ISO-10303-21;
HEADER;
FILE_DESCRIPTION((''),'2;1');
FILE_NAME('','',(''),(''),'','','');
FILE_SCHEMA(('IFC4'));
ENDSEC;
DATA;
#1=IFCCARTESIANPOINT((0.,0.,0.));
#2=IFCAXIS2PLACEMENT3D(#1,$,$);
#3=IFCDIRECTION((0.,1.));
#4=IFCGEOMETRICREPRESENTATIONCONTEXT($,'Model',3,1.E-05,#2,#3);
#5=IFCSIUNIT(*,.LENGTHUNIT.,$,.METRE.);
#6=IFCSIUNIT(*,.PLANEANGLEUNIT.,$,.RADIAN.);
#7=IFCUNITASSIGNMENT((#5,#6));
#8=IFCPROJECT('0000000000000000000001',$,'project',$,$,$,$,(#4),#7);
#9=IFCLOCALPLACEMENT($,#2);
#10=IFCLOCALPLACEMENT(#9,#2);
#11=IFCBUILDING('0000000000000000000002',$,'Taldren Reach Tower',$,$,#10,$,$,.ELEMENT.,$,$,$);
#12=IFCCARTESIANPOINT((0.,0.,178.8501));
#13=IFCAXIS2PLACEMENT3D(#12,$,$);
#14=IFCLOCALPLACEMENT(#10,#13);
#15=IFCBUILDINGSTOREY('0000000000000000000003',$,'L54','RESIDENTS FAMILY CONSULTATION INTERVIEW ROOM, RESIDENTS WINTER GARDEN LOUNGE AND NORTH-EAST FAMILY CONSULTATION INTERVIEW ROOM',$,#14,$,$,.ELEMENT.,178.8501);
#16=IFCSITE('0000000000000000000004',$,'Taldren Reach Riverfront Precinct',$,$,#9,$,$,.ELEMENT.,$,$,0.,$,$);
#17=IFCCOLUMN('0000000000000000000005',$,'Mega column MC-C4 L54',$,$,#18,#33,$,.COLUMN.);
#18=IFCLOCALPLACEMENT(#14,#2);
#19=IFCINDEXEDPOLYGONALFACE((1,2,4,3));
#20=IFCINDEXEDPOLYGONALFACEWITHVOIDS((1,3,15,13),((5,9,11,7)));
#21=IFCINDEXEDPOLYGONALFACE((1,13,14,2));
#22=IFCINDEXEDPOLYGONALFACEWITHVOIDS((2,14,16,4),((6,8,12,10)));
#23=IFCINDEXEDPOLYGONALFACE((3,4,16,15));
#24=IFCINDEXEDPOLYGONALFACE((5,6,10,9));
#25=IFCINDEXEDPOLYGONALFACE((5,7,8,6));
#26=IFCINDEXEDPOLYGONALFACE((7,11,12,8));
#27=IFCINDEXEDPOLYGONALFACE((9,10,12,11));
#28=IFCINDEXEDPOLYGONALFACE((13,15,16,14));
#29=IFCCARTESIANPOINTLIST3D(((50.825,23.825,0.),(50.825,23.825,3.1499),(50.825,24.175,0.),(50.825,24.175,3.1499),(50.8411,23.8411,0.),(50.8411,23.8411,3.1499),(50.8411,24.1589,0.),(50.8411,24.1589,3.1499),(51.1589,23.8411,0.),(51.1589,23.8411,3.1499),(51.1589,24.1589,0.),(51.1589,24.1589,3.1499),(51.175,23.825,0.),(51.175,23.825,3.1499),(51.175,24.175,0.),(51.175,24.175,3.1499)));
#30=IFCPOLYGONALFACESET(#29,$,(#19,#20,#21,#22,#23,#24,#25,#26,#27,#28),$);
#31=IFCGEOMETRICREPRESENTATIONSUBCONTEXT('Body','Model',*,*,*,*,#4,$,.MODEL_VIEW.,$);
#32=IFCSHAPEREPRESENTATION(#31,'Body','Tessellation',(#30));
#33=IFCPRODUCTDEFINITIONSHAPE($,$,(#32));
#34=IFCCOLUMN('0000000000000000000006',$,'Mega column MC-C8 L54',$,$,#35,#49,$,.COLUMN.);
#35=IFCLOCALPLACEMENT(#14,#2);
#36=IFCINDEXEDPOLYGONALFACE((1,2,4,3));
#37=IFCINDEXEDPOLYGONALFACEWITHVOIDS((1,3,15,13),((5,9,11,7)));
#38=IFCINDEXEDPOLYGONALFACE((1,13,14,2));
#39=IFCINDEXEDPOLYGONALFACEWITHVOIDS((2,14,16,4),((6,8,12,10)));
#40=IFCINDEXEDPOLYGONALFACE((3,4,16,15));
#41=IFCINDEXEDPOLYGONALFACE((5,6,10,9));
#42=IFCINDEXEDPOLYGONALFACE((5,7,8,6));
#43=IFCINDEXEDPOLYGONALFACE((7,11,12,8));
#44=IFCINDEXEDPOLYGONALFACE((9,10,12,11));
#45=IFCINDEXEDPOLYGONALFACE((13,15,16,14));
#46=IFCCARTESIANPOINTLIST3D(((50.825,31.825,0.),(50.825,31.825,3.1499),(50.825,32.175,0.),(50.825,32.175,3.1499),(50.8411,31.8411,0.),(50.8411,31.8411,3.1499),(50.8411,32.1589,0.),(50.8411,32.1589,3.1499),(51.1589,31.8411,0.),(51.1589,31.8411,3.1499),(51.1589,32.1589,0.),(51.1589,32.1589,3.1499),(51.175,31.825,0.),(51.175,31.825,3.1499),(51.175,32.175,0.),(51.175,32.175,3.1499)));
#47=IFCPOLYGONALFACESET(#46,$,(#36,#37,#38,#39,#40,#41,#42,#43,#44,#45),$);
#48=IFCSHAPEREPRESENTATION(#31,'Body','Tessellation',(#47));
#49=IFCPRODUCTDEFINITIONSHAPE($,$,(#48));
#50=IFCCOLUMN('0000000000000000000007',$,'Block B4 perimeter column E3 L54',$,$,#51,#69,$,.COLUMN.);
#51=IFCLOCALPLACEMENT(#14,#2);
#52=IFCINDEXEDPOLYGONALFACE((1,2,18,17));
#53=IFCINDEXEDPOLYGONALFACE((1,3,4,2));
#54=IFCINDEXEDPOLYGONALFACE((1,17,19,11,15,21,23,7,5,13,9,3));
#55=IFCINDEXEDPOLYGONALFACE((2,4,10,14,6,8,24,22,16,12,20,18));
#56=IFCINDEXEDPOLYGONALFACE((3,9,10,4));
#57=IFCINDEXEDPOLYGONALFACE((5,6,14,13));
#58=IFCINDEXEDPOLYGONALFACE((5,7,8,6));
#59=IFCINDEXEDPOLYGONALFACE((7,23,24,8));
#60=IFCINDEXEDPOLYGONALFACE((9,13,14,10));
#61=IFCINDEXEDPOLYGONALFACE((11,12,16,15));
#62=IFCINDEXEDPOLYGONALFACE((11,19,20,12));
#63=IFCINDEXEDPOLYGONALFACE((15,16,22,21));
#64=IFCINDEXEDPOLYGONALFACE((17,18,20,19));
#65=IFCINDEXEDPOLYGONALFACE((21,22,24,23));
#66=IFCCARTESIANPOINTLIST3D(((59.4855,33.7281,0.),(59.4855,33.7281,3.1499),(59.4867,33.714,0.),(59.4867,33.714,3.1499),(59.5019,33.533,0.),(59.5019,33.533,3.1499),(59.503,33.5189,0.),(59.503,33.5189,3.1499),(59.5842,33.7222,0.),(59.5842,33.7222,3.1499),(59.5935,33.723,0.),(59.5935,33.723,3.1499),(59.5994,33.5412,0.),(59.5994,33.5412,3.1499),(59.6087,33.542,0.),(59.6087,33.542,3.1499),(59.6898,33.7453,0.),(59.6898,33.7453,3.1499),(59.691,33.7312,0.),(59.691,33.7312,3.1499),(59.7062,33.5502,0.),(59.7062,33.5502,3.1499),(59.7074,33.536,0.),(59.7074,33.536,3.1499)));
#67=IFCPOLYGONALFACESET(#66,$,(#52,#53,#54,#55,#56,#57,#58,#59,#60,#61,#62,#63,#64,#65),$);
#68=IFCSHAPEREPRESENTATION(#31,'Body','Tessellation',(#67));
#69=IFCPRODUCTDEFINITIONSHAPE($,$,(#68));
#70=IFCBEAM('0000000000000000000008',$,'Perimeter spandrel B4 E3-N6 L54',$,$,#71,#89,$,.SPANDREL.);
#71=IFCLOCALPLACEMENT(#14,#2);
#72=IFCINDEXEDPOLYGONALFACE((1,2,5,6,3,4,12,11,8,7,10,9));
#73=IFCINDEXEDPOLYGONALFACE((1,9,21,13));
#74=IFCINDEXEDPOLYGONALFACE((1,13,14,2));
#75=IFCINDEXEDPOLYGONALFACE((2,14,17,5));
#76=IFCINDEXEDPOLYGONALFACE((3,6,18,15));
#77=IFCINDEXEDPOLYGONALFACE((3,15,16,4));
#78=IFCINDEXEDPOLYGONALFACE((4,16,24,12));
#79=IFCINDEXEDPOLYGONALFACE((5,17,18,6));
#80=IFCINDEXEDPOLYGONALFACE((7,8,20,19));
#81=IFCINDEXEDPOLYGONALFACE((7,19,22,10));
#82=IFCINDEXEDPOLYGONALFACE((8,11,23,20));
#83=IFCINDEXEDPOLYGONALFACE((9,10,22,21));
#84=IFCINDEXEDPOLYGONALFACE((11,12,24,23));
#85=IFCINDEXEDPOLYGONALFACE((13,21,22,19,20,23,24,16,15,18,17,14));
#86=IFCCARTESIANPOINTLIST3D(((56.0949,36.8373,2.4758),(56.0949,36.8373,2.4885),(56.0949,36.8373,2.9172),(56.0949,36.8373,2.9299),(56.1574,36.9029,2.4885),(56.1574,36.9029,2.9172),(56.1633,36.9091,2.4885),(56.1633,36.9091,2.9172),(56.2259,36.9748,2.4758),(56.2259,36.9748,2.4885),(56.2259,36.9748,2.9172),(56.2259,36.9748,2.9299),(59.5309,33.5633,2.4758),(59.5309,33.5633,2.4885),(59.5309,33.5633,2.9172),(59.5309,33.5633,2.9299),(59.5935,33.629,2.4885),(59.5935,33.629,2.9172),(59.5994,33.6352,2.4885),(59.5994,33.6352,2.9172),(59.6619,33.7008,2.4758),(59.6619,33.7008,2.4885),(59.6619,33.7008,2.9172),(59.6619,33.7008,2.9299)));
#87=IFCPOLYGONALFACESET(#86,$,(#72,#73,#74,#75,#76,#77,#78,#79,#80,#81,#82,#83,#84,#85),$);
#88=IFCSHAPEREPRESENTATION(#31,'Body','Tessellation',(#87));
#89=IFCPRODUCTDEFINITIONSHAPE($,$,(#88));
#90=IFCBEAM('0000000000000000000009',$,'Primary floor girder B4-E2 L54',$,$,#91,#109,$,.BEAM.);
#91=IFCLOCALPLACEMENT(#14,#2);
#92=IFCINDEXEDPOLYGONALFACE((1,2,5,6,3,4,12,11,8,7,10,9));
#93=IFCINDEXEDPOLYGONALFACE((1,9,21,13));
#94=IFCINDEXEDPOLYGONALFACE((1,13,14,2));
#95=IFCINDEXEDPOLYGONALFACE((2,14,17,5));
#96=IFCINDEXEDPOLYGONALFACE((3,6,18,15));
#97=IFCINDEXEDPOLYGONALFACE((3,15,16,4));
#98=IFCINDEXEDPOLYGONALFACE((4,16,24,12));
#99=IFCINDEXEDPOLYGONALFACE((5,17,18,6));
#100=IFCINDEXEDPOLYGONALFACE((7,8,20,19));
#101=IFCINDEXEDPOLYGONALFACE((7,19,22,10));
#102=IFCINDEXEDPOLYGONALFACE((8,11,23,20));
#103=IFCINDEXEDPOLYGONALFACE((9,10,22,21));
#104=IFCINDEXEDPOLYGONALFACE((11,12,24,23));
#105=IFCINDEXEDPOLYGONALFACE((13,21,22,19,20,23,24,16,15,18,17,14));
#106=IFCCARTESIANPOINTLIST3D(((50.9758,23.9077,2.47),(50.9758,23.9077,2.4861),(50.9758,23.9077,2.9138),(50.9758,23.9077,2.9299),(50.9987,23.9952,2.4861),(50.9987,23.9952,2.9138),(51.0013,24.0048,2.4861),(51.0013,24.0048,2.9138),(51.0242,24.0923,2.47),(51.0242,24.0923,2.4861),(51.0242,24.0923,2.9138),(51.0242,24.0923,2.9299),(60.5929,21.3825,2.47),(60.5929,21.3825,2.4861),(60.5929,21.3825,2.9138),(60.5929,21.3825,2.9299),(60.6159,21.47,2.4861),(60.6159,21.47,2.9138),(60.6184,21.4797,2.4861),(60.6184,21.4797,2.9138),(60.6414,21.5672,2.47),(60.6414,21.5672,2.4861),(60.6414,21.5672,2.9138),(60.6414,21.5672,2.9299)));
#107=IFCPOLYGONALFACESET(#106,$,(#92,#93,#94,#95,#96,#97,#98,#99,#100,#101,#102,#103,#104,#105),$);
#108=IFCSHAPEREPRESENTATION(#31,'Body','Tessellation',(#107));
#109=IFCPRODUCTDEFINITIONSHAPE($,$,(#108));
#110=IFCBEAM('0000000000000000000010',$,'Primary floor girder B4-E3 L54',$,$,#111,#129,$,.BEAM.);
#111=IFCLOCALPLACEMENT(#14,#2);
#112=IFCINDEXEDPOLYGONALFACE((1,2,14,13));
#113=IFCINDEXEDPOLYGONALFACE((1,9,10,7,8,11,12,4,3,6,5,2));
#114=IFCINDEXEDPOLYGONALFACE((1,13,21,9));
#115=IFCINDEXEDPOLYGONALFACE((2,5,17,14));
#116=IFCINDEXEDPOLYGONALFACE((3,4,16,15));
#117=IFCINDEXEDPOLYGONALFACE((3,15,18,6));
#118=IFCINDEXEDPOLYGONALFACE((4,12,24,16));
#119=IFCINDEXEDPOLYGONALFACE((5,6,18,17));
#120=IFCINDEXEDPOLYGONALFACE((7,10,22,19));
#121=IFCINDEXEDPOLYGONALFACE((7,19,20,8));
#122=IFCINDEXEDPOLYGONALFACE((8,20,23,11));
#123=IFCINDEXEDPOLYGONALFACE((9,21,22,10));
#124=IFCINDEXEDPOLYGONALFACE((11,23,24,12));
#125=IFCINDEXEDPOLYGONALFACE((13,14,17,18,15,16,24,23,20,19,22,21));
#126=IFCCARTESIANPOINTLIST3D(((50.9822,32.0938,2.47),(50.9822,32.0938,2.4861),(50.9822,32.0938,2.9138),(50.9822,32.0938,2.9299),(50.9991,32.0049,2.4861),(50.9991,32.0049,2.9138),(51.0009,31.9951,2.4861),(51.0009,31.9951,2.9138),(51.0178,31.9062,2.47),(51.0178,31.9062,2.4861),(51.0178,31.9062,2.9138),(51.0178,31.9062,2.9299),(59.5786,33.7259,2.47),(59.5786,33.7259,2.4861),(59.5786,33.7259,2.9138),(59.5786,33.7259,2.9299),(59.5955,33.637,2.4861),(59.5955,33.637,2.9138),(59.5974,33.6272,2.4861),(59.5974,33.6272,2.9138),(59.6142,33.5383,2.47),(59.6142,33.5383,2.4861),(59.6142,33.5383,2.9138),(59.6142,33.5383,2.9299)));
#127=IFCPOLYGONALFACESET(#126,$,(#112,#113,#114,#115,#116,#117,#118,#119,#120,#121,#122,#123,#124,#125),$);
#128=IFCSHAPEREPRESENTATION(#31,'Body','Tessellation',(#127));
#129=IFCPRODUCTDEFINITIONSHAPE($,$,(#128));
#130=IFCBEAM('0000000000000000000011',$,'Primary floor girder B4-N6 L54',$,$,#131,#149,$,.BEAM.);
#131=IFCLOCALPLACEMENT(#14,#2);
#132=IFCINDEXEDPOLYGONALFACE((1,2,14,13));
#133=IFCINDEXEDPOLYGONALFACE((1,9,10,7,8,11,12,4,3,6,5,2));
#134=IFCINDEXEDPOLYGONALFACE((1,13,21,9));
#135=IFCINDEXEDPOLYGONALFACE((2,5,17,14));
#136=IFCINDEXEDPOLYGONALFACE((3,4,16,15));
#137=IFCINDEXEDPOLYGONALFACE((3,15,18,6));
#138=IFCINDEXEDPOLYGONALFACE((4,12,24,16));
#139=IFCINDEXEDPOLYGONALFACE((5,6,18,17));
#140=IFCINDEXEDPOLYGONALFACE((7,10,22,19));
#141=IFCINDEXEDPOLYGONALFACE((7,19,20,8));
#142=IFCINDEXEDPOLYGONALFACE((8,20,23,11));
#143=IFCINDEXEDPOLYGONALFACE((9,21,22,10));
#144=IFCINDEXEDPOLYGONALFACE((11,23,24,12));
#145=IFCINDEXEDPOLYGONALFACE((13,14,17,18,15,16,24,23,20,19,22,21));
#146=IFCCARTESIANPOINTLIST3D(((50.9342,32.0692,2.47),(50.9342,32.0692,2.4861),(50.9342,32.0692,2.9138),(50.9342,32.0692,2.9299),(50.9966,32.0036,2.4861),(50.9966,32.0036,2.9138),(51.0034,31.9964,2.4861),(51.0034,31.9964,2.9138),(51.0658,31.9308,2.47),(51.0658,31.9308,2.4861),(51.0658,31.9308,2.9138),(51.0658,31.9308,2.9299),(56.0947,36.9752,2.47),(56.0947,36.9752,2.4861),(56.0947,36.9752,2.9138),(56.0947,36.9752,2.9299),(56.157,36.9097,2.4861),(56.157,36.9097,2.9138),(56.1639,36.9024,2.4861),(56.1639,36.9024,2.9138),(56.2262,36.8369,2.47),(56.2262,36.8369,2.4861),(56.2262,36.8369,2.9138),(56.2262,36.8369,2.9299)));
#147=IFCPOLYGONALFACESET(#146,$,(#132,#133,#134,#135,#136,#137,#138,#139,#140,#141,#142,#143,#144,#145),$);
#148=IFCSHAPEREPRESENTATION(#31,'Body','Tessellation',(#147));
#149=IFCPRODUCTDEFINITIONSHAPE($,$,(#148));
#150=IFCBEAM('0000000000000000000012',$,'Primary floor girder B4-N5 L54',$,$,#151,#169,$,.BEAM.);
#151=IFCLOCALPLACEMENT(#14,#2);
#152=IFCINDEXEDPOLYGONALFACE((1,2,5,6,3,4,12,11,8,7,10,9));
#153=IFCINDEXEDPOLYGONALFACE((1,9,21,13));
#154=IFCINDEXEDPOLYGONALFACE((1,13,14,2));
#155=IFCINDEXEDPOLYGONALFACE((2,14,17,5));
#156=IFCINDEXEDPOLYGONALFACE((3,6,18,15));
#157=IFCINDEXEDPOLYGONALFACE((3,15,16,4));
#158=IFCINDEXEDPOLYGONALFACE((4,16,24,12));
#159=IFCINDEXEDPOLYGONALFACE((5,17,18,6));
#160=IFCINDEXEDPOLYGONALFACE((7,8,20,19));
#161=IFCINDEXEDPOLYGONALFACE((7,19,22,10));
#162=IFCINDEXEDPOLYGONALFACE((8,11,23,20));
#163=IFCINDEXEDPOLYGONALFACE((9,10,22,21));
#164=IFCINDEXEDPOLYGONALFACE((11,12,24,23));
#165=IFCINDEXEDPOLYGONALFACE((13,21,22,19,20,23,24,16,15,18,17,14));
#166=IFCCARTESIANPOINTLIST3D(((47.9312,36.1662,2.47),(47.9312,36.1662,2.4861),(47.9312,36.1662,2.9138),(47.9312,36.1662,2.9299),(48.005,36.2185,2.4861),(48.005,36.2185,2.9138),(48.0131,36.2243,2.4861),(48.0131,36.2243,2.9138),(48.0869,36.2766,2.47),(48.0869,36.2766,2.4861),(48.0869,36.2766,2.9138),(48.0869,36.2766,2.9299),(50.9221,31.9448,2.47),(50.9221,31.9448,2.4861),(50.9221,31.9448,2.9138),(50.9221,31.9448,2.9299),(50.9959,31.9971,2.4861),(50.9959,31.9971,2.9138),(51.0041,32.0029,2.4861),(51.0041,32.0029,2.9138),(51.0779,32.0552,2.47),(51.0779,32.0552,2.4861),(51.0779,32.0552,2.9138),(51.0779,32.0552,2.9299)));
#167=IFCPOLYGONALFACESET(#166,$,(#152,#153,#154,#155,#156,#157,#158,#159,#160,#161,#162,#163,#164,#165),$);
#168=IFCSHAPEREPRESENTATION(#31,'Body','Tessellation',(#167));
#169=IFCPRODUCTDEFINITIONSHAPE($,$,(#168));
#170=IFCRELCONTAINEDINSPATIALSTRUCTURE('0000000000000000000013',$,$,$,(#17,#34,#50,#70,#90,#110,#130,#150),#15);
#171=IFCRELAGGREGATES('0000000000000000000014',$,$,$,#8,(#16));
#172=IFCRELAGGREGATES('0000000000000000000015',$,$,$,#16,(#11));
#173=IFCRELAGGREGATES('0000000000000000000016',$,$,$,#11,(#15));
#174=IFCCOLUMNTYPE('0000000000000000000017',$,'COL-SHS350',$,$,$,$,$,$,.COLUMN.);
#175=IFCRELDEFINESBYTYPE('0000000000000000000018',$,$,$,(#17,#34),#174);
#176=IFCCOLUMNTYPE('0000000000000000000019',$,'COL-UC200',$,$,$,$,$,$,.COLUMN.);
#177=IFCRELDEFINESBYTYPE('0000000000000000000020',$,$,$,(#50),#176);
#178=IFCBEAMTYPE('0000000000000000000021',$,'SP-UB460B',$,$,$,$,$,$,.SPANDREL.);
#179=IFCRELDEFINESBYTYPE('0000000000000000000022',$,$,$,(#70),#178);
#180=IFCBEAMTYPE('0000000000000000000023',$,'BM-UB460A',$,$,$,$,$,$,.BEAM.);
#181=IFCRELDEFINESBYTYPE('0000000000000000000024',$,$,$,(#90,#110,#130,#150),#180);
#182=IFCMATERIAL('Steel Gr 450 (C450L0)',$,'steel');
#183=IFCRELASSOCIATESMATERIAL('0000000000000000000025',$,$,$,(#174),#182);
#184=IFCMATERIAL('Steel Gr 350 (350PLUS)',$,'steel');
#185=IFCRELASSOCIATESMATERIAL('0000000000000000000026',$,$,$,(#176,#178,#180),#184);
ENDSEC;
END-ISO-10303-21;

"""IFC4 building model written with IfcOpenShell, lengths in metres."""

from ifc_helpers import new_model, si_unit, direction, frame, origin, origin_2d, place, context, subcontext, project, spatial, hollow_rectangle, i_section, extrude, source, transform, mapped, material, material_profile, profile_set, type_object, element, save


model = new_model("IFC4")

# Units and contexts
model_context = context("Model", 3, precision=1e-05, world=origin(), true_north=direction((0.0, 1.0)))
body_context = subcontext(model_context, "Body", "Model", "MODEL_VIEW")
ifc_project = project(units=[si_unit("LENGTHUNIT", "METRE"), si_unit("PLANEANGLEUNIT", "RADIAN")], contexts=[model_context])

# Site, building, storey
site_placement = place(None, origin())
site = spatial("IfcSite", under=ifc_project, at=site_placement, Name="Taldren Reach Riverfront Precinct", CompositionType="ELEMENT", RefElevation=0.0)
building_placement = place(site_placement, origin())
building = spatial("IfcBuilding", under=site, at=building_placement, Name="Taldren Reach Tower", CompositionType="ELEMENT")
storey_placement = place(building_placement, frame((0.0, 0.0, 178.8501)))
storey = spatial("IfcBuildingStorey", under=building, at=storey_placement, Name="L54", Description="RESIDENTS FAMILY CONSULTATION INTERVIEW ROOM, RESIDENTS WINTER GARDEN LOUNGE AND NORTH-EAST FAMILY CONSULTATION INTERVIEW ROOM", CompositionType="ELEMENT", Elevation=178.8501)

# Columns
ifc_material_1 = material(Name="Steel Gr 450 (C450L0)", Category="steel")
ifc_material_profile_1 = material_profile(ifc_material_1, hollow_rectangle(XDim=0.3501, YDim=0.3501, WallThickness=0.0161, at=origin_2d()), Name="350x350x16.0SHS")
ifc_profile_set_1 = profile_set([ifc_material_profile_1], Name="Steel Gr 450 (C450L0)")
column_type_1 = type_object("IfcColumnType", Name="COL-SHS350", PredefinedType="COLUMN", material=ifc_profile_set_1)
shared_shape_1 = source(origin(), body_context, "Body", "SweptSolid", [
    extrude(hollow_rectangle(XDim=0.3501, YDim=0.3501, WallThickness=0.0161, at=origin_2d()), origin(), (0.0, 0.0, 1.0), 3.1499),
])
for number, where, z_axis, x_axis, name in (
    (1, (51.0, 24.0, 0.0), (0.0, 0.0, 1.0), (1.0, 0.0, 0.0), "Mega column MC-C4 L54"),
    (2, (51.0, 32.0, 0.0), (0.0, 0.0, 1.0), (1.0, 0.0, 0.0), "Mega column MC-C8 L54"),
):
    element("IfcColumn", number, at=place(storey_placement, frame(where, z_axis=z_axis, x_axis=x_axis)), inside=storey, type_object=column_type_1, Name=name, PredefinedType="COLUMN", context=body_context, shape_type="MappedRepresentation", body=[
        mapped(shared_shape_1, transform((0.0, 0.0, 0.0), scale=1.0)),
    ])
ifc_material_2 = material(Name="Steel Gr 350 (350PLUS)", Category="steel")
ifc_material_profile_2 = material_profile(ifc_material_2, i_section(OverallWidth=0.2051, OverallDepth=0.21, WebThickness=0.0093, FlangeThickness=0.0142, at=origin_2d()), Name="200UC59.5")
ifc_profile_set_2 = profile_set([ifc_material_profile_2], Name="Steel Gr 350 (350PLUS)")
column_type_2 = type_object("IfcColumnType", Name="COL-UC200", PredefinedType="COLUMN", material=ifc_profile_set_2)
shared_shape_2 = source(origin(), body_context, "Body", "SweptSolid", [
    extrude(i_section(OverallWidth=0.2051, OverallDepth=0.21, WebThickness=0.0093, FlangeThickness=0.0142, at=origin_2d()), origin(), (0.0, 0.0, 1.0), 3.1499),
])
column_placement = place(storey_placement, frame((59.5964, 33.6321, 0.0), z_axis=(0.0, 0.0, 1.0), x_axis=(0.996493, 0.083678, 0.0)))
element("IfcColumn", 3, at=column_placement, inside=storey, type_object=column_type_2, Name="Block B4 perimeter column E3 L54", PredefinedType="COLUMN", context=body_context, shape_type="MappedRepresentation", body=[
    mapped(shared_shape_2, transform((0.0, 0.0, 0.0), scale=1.0)),
])

# Beams
ifc_material_profile_3 = material_profile(ifc_material_2, i_section(OverallWidth=0.1899, OverallDepth=0.4541, WebThickness=0.0085, FlangeThickness=0.0127, at=origin_2d()), Name="460UB67.1")
ifc_profile_set_3 = profile_set([ifc_material_profile_3], Name="Steel Gr 350 (350PLUS)")
beam_type_1 = type_object("IfcBeamType", Name="SP-UB460B", PredefinedType="SPANDREL", material=ifc_profile_set_3)
shared_shape_3 = source(origin(), body_context, "Body", "SweptSolid", [
    extrude(i_section(OverallWidth=0.1899, OverallDepth=0.4541, WebThickness=0.0085, FlangeThickness=0.0127, at=origin_2d()), origin(), (0.0, 0.0, 1.0), 4.7461),
])
beam_1_placement = place(storey_placement, frame((59.5964, 33.6321, 2.7029), z_axis=(-0.723979, 0.689822, 0.0), x_axis=(-0.689822, -0.723979, 0.0)))
element("IfcBeam", 4, at=beam_1_placement, inside=storey, type_object=beam_type_1, Name="Perimeter spandrel B4 E3-N6 L54", PredefinedType="SPANDREL", context=body_context, shape_type="MappedRepresentation", body=[
    mapped(shared_shape_3, transform((0.0, 0.0, 0.0), scale=1.0)),
])
ifc_material_profile_4 = material_profile(ifc_material_2, i_section(OverallWidth=0.1909, OverallDepth=0.46, WebThickness=0.01, FlangeThickness=0.0161, at=origin_2d()), Name="460UB82.1")
ifc_profile_set_4 = profile_set([ifc_material_profile_4], Name="Steel Gr 350 (350PLUS)")
beam_type_2 = type_object("IfcBeamType", Name="BM-UB460A", PredefinedType="BEAM", material=ifc_profile_set_4)
shared_shape_4 = source(origin(), body_context, "Body", "SweptSolid", [
    extrude(i_section(OverallWidth=0.1909, OverallDepth=0.46, WebThickness=0.01, FlangeThickness=0.0161, at=origin_2d()), origin(), (0.0, 0.0, 1.0), 9.9431),
])
beam_2_placement = place(storey_placement, frame((51.0, 24.0, 2.7), z_axis=(0.967215, -0.253958, 0.0), x_axis=(0.253958, 0.967215, 0.0)))
element("IfcBeam", 5, at=beam_2_placement, inside=storey, type_object=beam_type_2, Name="Primary floor girder B4-E2 L54", PredefinedType="BEAM", context=body_context, shape_type="MappedRepresentation", body=[
    mapped(shared_shape_4, transform((0.0, 0.0, 0.0), scale=1.0)),
])
shared_shape_5 = source(origin(), body_context, "Body", "SweptSolid", [
    extrude(i_section(OverallWidth=0.1909, OverallDepth=0.46, WebThickness=0.01, FlangeThickness=0.0161, at=origin_2d()), origin(), (0.0, 0.0, 1.0), 8.75),
])
beam_3_placement = place(storey_placement, frame((51.0, 32.0, 2.7), z_axis=(0.98245, 0.186524, 0.0), x_axis=(-0.186524, 0.98245, 0.0)))
element("IfcBeam", 6, at=beam_3_placement, inside=storey, type_object=beam_type_2, Name="Primary floor girder B4-E3 L54", PredefinedType="BEAM", context=body_context, shape_type="MappedRepresentation", body=[
    mapped(shared_shape_5, transform((0.0, 0.0, 0.0), scale=1.0)),
])
shared_shape_6 = source(origin(), body_context, "Body", "SweptSolid", [
    extrude(i_section(OverallWidth=0.1909, OverallDepth=0.46, WebThickness=0.01, FlangeThickness=0.0161, at=origin_2d()), origin(), (0.0, 0.0, 1.0), 7.1204),
])
beam_4_placement = place(storey_placement, frame((51.0, 32.0, 2.7), z_axis=(0.724745, 0.689017, 0.0), x_axis=(-0.689017, 0.724745, 0.0)))
element("IfcBeam", 7, at=beam_4_placement, inside=storey, type_object=beam_type_2, Name="Primary floor girder B4-N6 L54", PredefinedType="BEAM", context=body_context, shape_type="MappedRepresentation", body=[
    mapped(shared_shape_6, transform((0.0, 0.0, 0.0), scale=1.0)),
])
shared_shape_7 = source(origin(), body_context, "Body", "SweptSolid", [
    extrude(i_section(OverallWidth=0.1909, OverallDepth=0.46, WebThickness=0.01, FlangeThickness=0.0161, at=origin_2d()), origin(), (0.0, 0.0, 1.0), 5.1736),
])
beam_5_placement = place(storey_placement, frame((51.0, 32.0, 2.7), z_axis=(-0.578118, 0.815953, 0.0), x_axis=(-0.815953, -0.578118, 0.0)))
element("IfcBeam", 8, at=beam_5_placement, inside=storey, type_object=beam_type_2, Name="Primary floor girder B4-N5 L54", PredefinedType="BEAM", context=body_context, shape_type="MappedRepresentation", body=[
    mapped(shared_shape_7, transform((0.0, 0.0, 0.0), scale=1.0)),
])

save(model, "model.ifc")
